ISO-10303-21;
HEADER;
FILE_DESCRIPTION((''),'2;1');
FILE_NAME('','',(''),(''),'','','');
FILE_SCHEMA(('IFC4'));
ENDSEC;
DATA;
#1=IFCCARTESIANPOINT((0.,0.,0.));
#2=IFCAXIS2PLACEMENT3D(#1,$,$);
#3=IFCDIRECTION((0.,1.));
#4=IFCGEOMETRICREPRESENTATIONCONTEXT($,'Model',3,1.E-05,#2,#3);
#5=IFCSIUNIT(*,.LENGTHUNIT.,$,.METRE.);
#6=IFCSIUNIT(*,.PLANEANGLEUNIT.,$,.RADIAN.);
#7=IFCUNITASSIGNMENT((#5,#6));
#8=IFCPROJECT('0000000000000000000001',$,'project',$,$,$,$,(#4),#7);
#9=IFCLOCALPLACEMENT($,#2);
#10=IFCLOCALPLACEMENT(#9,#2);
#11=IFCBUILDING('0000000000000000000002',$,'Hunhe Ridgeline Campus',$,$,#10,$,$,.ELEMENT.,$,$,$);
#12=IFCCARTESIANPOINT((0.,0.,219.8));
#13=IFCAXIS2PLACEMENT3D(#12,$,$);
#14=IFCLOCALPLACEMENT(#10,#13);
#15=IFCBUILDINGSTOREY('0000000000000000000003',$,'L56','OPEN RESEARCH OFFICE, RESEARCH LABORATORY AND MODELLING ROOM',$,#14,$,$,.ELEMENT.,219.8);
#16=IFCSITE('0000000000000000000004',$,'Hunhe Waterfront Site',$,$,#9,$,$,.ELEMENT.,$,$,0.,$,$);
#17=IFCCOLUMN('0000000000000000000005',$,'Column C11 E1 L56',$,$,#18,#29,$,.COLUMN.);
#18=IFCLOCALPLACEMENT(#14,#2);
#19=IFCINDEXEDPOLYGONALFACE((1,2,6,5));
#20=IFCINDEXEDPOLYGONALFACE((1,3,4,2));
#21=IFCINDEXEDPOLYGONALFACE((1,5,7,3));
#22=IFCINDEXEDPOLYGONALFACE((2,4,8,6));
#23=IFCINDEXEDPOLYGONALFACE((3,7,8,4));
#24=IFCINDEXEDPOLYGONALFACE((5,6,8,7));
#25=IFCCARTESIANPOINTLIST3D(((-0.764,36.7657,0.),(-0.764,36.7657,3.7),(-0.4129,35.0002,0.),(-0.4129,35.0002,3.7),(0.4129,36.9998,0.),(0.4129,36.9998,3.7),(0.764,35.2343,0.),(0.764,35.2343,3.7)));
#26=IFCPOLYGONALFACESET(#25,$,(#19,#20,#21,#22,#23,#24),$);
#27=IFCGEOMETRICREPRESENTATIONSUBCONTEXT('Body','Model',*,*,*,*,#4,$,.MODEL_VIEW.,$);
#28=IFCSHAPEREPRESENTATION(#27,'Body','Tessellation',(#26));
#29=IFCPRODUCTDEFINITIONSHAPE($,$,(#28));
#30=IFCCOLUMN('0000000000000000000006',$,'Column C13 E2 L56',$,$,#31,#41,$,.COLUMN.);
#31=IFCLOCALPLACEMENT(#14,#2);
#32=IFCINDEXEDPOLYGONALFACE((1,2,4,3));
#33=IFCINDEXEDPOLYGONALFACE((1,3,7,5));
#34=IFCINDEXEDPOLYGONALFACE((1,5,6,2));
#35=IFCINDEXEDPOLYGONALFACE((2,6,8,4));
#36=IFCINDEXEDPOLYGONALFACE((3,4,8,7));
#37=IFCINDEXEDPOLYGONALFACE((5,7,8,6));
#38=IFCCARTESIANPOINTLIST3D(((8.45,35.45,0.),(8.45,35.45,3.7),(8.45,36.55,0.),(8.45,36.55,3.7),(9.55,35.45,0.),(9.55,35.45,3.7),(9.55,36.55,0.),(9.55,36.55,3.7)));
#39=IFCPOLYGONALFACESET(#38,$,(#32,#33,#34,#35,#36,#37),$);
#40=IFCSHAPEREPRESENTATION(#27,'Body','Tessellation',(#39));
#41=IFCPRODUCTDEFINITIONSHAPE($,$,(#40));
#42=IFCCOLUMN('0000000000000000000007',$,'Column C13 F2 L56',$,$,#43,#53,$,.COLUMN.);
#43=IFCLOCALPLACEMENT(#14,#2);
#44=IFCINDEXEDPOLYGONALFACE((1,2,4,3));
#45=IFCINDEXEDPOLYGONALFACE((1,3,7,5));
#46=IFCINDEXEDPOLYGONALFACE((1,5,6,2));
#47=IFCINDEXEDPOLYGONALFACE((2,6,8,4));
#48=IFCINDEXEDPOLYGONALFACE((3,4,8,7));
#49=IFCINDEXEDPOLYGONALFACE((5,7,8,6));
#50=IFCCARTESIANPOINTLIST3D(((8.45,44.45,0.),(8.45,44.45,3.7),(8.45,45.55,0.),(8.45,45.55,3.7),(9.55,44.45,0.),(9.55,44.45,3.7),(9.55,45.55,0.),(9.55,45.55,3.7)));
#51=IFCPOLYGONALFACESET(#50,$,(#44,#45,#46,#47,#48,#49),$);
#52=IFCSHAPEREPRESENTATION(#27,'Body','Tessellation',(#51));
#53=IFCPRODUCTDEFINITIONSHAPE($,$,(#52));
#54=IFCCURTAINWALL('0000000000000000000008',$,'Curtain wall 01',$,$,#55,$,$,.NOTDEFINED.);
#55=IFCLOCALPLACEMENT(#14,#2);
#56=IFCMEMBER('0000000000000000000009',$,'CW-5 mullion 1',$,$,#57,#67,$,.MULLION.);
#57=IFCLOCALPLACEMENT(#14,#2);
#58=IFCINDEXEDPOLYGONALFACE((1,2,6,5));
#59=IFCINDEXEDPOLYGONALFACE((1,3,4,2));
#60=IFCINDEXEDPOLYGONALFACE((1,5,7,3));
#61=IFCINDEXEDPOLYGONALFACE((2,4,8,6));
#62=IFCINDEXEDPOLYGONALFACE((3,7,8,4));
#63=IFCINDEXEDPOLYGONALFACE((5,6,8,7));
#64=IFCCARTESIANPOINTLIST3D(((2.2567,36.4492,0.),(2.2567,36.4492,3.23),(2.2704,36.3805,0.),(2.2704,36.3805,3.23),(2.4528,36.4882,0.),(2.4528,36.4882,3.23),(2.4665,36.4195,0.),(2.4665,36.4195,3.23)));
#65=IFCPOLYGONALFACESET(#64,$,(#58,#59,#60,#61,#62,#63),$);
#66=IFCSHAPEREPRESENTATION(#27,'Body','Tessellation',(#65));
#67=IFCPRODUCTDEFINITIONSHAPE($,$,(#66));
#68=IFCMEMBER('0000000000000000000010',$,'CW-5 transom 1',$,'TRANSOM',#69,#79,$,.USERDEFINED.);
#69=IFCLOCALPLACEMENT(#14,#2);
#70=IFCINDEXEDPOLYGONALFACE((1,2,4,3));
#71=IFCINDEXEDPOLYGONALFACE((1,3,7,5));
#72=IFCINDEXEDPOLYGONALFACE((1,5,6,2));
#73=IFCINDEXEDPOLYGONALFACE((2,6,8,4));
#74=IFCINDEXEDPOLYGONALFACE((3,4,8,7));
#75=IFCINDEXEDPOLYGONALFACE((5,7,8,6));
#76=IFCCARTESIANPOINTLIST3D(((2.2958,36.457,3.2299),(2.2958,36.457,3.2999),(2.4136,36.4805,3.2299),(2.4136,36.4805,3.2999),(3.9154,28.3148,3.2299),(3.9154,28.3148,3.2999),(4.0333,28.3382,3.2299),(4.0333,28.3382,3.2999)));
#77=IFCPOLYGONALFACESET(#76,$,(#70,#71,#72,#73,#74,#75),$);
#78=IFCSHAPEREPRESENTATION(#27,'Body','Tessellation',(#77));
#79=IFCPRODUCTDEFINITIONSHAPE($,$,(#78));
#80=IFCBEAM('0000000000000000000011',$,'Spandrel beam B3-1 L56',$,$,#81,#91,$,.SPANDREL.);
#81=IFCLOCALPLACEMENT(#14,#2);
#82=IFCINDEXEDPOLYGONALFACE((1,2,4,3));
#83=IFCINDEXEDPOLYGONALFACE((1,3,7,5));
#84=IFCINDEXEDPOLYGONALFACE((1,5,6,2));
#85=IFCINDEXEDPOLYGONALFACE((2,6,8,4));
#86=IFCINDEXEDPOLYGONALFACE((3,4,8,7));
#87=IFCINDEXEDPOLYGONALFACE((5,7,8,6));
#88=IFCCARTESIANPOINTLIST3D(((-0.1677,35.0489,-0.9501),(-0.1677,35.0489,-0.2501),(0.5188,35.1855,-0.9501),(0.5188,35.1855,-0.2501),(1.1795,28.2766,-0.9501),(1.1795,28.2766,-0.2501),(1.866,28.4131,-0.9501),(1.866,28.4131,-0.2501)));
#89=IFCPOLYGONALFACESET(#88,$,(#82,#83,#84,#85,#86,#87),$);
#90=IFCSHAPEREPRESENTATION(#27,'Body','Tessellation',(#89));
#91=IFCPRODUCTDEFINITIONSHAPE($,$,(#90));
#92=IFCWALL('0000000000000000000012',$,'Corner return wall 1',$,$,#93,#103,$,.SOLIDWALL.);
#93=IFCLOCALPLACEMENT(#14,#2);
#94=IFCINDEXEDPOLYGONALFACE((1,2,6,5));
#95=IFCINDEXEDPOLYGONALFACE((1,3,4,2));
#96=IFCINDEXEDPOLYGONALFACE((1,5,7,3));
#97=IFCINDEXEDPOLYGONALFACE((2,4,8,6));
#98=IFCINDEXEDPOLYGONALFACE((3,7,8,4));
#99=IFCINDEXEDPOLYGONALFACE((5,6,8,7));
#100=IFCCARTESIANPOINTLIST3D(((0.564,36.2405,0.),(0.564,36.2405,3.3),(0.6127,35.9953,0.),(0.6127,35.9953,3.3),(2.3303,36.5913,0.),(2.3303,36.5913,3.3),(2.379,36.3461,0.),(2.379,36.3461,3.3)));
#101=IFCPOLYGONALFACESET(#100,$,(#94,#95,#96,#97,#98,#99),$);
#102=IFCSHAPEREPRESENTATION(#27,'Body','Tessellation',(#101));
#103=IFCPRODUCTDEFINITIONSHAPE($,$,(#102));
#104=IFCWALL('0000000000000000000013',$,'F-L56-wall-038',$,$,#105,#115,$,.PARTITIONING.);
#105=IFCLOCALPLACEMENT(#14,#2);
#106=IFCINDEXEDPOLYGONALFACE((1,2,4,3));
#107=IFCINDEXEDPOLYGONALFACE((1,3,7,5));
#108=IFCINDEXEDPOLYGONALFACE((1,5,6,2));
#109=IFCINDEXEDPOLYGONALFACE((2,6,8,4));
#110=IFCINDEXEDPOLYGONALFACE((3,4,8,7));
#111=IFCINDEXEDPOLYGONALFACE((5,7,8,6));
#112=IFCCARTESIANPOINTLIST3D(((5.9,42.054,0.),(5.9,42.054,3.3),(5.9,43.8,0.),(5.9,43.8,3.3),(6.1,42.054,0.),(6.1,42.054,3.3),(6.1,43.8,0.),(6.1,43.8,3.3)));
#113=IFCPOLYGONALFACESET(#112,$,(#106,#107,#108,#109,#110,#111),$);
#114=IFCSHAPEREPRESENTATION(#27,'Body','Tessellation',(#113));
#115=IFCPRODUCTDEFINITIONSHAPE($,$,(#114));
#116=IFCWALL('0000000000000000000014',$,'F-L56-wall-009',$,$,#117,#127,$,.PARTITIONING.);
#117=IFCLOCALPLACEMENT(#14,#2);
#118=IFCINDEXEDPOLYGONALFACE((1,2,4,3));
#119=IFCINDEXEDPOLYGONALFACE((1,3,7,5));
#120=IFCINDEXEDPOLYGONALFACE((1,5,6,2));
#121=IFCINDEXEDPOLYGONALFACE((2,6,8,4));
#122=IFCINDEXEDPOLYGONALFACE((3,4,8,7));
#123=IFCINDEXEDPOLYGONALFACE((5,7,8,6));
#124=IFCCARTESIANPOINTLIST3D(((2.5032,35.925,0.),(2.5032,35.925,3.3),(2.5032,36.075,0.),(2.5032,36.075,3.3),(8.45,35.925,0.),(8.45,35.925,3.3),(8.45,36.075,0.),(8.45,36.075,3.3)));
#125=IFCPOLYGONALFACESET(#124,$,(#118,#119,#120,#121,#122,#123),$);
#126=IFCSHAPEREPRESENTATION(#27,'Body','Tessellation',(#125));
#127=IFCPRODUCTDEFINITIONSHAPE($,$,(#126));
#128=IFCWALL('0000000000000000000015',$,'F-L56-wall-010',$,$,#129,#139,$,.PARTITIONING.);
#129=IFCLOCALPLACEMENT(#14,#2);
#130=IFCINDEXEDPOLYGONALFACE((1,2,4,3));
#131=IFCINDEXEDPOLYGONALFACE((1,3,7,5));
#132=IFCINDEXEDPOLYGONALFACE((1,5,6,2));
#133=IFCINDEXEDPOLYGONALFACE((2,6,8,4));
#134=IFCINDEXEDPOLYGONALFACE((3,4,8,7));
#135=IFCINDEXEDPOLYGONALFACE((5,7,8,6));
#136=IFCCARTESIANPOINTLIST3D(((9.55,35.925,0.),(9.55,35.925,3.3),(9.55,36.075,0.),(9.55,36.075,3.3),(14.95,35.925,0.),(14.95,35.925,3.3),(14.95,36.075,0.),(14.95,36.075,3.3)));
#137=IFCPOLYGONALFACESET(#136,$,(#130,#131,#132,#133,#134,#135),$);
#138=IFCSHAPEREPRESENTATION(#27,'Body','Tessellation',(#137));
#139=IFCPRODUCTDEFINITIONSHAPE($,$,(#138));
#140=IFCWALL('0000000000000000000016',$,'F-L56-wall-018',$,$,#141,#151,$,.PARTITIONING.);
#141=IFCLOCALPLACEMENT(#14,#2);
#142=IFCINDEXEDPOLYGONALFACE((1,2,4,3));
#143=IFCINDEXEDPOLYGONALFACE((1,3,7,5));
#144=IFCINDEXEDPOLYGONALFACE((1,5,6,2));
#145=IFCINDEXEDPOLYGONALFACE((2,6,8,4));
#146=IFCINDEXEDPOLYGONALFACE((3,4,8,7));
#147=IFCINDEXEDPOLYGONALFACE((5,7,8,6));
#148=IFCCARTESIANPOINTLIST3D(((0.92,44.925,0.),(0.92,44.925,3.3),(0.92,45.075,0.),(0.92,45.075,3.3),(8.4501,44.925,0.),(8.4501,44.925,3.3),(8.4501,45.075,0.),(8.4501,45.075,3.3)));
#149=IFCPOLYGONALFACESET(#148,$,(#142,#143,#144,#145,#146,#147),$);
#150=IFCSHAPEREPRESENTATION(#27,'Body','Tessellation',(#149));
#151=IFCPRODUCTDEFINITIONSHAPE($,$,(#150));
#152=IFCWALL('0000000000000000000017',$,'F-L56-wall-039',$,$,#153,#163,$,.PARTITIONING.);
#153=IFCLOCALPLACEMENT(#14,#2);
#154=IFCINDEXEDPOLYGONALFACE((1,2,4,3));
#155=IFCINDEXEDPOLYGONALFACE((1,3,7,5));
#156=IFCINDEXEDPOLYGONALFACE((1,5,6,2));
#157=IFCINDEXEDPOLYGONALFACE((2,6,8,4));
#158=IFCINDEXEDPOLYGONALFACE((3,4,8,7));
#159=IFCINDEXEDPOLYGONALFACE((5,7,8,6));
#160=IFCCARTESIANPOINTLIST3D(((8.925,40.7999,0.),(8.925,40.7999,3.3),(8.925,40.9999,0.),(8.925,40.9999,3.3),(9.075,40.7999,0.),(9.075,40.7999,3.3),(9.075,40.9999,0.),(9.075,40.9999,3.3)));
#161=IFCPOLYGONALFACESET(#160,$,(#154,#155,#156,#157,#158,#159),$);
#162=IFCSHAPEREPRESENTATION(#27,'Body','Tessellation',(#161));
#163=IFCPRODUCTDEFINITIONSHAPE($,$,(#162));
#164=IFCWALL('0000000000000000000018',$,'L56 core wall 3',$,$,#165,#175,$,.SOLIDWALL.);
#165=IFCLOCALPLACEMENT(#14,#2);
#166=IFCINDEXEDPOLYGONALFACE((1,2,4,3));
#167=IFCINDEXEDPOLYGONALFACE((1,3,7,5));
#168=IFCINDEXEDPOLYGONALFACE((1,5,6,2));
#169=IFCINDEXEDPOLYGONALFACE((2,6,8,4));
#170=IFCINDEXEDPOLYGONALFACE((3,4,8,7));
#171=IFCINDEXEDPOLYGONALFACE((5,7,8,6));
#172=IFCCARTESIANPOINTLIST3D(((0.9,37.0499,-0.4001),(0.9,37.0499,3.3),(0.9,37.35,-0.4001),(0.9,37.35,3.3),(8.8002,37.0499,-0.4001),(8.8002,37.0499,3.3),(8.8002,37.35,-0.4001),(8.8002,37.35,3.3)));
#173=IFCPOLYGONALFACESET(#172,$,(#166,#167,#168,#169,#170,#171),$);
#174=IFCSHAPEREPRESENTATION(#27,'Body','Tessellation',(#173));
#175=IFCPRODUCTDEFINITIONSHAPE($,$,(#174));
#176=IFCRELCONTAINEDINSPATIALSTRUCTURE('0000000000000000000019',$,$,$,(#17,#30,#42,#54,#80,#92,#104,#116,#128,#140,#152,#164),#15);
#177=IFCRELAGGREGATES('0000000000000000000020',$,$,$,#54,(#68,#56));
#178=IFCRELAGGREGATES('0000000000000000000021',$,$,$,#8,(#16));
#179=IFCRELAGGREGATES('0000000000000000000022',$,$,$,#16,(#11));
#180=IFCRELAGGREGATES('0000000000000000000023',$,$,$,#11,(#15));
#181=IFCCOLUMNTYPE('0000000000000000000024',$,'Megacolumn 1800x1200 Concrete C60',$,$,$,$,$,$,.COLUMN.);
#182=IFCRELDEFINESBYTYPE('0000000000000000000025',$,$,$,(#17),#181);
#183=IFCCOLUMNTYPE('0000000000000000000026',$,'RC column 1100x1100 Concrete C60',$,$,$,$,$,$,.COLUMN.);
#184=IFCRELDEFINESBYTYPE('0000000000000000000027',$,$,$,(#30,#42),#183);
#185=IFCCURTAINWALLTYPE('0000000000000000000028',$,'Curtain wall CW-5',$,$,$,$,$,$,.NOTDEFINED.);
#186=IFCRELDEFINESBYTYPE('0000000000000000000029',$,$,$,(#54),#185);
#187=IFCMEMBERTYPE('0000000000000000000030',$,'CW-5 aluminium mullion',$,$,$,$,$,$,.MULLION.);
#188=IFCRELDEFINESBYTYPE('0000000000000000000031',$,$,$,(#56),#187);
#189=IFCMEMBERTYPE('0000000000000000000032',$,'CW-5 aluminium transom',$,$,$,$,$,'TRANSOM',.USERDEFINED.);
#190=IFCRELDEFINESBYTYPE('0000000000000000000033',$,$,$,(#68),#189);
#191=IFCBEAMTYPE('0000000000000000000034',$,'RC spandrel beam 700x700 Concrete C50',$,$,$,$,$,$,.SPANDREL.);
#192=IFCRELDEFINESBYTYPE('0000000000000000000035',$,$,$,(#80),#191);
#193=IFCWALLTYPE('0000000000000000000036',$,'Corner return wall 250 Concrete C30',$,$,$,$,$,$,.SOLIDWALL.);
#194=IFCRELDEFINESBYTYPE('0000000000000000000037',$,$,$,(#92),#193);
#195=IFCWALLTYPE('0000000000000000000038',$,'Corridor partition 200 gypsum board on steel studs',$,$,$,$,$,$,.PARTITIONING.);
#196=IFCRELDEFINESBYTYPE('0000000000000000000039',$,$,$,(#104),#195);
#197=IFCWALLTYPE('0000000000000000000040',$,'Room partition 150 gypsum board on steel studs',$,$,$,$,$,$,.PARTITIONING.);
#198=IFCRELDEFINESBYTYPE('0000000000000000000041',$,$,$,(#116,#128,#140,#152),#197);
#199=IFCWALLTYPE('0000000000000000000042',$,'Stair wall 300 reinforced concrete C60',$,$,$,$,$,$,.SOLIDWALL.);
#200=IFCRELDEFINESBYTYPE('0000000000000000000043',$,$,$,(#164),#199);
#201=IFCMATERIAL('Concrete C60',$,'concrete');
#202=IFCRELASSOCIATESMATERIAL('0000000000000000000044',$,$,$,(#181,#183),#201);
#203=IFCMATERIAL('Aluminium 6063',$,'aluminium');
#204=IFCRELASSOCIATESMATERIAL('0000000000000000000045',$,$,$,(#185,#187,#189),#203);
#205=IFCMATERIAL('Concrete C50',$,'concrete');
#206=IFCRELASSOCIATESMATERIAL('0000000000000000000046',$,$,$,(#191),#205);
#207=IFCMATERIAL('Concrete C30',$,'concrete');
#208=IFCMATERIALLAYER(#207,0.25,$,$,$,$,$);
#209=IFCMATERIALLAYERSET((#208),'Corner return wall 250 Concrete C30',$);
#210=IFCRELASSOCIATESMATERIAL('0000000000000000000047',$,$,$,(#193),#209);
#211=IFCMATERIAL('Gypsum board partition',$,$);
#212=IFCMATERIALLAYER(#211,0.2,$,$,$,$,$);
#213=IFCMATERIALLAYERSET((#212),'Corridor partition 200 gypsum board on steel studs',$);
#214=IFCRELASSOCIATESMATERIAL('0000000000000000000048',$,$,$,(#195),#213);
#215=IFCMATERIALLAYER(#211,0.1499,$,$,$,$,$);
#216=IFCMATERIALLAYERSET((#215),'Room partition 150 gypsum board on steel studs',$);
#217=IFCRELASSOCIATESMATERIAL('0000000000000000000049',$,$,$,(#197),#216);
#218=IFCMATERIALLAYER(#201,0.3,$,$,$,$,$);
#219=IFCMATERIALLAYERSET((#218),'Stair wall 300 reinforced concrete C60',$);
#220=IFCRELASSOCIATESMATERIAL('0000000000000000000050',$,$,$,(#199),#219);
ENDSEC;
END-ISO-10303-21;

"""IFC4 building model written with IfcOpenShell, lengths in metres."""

from ifc_helpers import new_model, si_unit, direction, frame, frame_2d, origin, origin_2d, place, context, subcontext, project, spatial, rectangle, extrude, material, layer, layer_set, material_profile, profile_set, type_object, element, aggregate, save


model = new_model("IFC4")

# Units and contexts
model_context = context("Model", 3, precision=1e-05, world=origin(), true_north=direction((0.0, 1.0)))
body_context = subcontext(model_context, "Body", "Model", "MODEL_VIEW")
ifc_project = project(units=[si_unit("LENGTHUNIT", "METRE"), si_unit("PLANEANGLEUNIT", "RADIAN")], contexts=[model_context])

# Site, building, storey
site_placement = place(None, origin())
site = spatial("IfcSite", under=ifc_project, at=site_placement, Name="Hunhe Waterfront Site", CompositionType="ELEMENT", RefElevation=0.0)
building_placement = place(site_placement, origin())
building = spatial("IfcBuilding", under=site, at=building_placement, Name="Hunhe Ridgeline Campus", CompositionType="ELEMENT")
storey_placement = place(building_placement, frame((0.0, 0.0, 219.8)))
storey = spatial("IfcBuildingStorey", under=building, at=storey_placement, Name="L56", Description="OPEN RESEARCH OFFICE, RESEARCH LABORATORY AND MODELLING ROOM", CompositionType="ELEMENT", Elevation=219.8)

# Columns
ifc_material_1 = material(Name="Concrete C60", Category="concrete")
ifc_material_profile_1 = material_profile(ifc_material_1, rectangle(XDim=1.8, YDim=1.2, at=origin_2d()))
ifc_profile_set_1 = profile_set([ifc_material_profile_1], Name="Concrete C60")
column_type_1 = type_object("IfcColumnType", Name="Megacolumn 1800x1200 Concrete C60", PredefinedType="COLUMN", material=ifc_profile_set_1)
column_placement = place(storey_placement, frame((0.0, 36.0, 0.0), z_axis=(0.0, 0.0, 1.0), x_axis=(-0.19509, 0.980785, 0.0)))
element("IfcColumn", 1, at=column_placement, inside=storey, type_object=column_type_1, Name="Column C11 E1 L56", PredefinedType="COLUMN", context=body_context, shape_type="SweptSolid", body=[
    extrude(rectangle(XDim=1.8, YDim=1.2, at=origin_2d()), origin(), (0.0, 0.0, 1.0), 3.7),
])
ifc_material_profile_2 = material_profile(ifc_material_1, rectangle(XDim=1.1001, YDim=1.1001, at=origin_2d()))
ifc_profile_set_2 = profile_set([ifc_material_profile_2], Name="Concrete C60")
column_type_2 = type_object("IfcColumnType", Name="RC column 1100x1100 Concrete C60", PredefinedType="COLUMN", material=ifc_profile_set_2)
for number, where, z_axis, x_axis, name in (
    (2, (9.0, 36.0, 0.0), (0.0, 0.0, 1.0), (1.0, 0.0, 0.0), "Column C13 E2 L56"),
    (3, (9.0, 45.0, 0.0), (0.0, 0.0, 1.0), (1.0, 0.0, 0.0), "Column C13 F2 L56"),
):
    element("IfcColumn", number, at=place(storey_placement, frame(where, z_axis=z_axis, x_axis=x_axis)), inside=storey, type_object=column_type_2, Name=name, PredefinedType="COLUMN", context=body_context, shape_type="SweptSolid", body=[
        extrude(rectangle(XDim=1.1001, YDim=1.1001, at=origin_2d()), origin(), (0.0, 0.0, 1.0), 3.7),
    ])

# Curtain wall, members
ifc_material_2 = material(Name="Aluminium 6063", Category="aluminium")
curtain_wall_type = type_object("IfcCurtainWallType", Name="Curtain wall CW-5", PredefinedType="NOTDEFINED", material=ifc_material_2)
curtain_wall_placement = place(storey_placement, origin())
curtain_wall = element("IfcCurtainWall", 4, at=curtain_wall_placement, inside=storey, type_object=curtain_wall_type, Name="Curtain wall 01", PredefinedType="NOTDEFINED")
ifc_material_profile_3 = material_profile(ifc_material_2, rectangle(XDim=0.2, YDim=0.0701, at=origin_2d()))
ifc_profile_set_3 = profile_set([ifc_material_profile_3], Name="Aluminium 6063")
member_type_1 = type_object("IfcMemberType", Name="CW-5 aluminium mullion", PredefinedType="MULLION", material=ifc_profile_set_3)
member_1_placement = place(storey_placement, frame((2.3616, 36.4343, 0.0), z_axis=(0.0, 0.0, 1.0), x_axis=(0.980784, 0.195095, 0.0)))
member_1 = element("IfcMember", 5, at=member_1_placement, type_object=member_type_1, Name="CW-5 mullion 1", PredefinedType="MULLION", context=body_context, shape_type="SweptSolid", body=[
    extrude(rectangle(XDim=0.2, YDim=0.0701, at=origin_2d()), origin(), (0.0, 0.0, 1.0), 3.23),
])
ifc_material_profile_4 = material_profile(ifc_material_2, rectangle(XDim=0.1201, YDim=0.0701, at=origin_2d()))
ifc_profile_set_4 = profile_set([ifc_material_profile_4], Name="Aluminium 6063")
member_type_2 = type_object("IfcMemberType", Name="CW-5 aluminium transom", ElementType="TRANSOM", PredefinedType="USERDEFINED", material=ifc_profile_set_4)
member_2_placement = place(storey_placement, frame((2.3547, 36.4688, 3.2649), z_axis=(0.195092, -0.980785, 0.0), x_axis=(0.980785, 0.195092, 0.0)))
member_2 = element("IfcMember", 6, at=member_2_placement, type_object=member_type_2, Name="CW-5 transom 1", ObjectType="TRANSOM", PredefinedType="USERDEFINED", context=body_context, shape_type="SweptSolid", body=[
    extrude(rectangle(XDim=0.1201, YDim=0.0701, at=origin_2d()), origin(), (0.0, 0.0, 1.0), 8.3018),
])
aggregate(curtain_wall, [member_2, member_1])

# Beam
ifc_material_3 = material(Name="Concrete C50", Category="concrete")
ifc_material_profile_5 = material_profile(ifc_material_3, rectangle(XDim=0.7, YDim=0.7, at=origin_2d()))
ifc_profile_set_5 = profile_set([ifc_material_profile_5], Name="Concrete C50")
beam_type = type_object("IfcBeamType", Name="RC spandrel beam 700x700 Concrete C50", PredefinedType="SPANDREL", material=ifc_profile_set_5)
beam_placement = place(storey_placement, frame((0.1755, 35.1172, -0.6001), z_axis=(0.195103, -0.980783, 0.0), x_axis=(0.980783, 0.195103, 0.0)))
element("IfcBeam", 7, at=beam_placement, inside=storey, type_object=beam_type, Name="Spandrel beam B3-1 L56", PredefinedType="SPANDREL", context=body_context, shape_type="SweptSolid", body=[
    extrude(rectangle(XDim=0.7, YDim=0.7, at=origin_2d()), origin(), (0.0, 0.0, 1.0), 6.905),
])

# Wall
ifc_material_4 = material(Name="Concrete C30", Category="concrete")
ifc_layer_1 = layer(ifc_material_4, 0.25)
ifc_layer_set_1 = layer_set([ifc_layer_1], Name="Corner return wall 250 Concrete C30")
wall_type_1 = type_object("IfcWallType", Name="Corner return wall 250 Concrete C30", PredefinedType="SOLIDWALL", material=ifc_layer_set_1)
wall_1_placement = place(storey_placement, frame((0.5884, 36.1179, 0.0), z_axis=(0.0, 0.0, 1.0), x_axis=(0.980841, 0.194812, 0.0)))
element("IfcWall", 8, at=wall_1_placement, inside=storey, type_object=wall_type_1, Name="Corner return wall 1", PredefinedType="SOLIDWALL", context=body_context, shape_type="SweptSolid", body=[
    extrude(rectangle(XDim=1.8008, YDim=0.25, at=frame_2d((0.9004, 0.0))), origin(), (0.0, 0.0, 1.0), 3.3),
])

# Shared definitions
ifc_material_5 = material(Name="Gypsum board partition")
ifc_layer_2 = layer(ifc_material_5, 0.2)
ifc_layer_set_2 = layer_set([ifc_layer_2], Name="Corridor partition 200 gypsum board on steel studs")
wall_type_2 = type_object("IfcWallType", Name="Corridor partition 200 gypsum board on steel studs", PredefinedType="PARTITIONING", material=ifc_layer_set_2)

# Walls
wall_2_placement = place(storey_placement, frame((6.0, 42.054, 0.0), z_axis=(0.0, 0.0, 1.0), x_axis=(0.0, 1.0, 0.0)))
element("IfcWall", 9, at=wall_2_placement, inside=storey, type_object=wall_type_2, Name="F-L56-wall-038", PredefinedType="PARTITIONING", context=body_context, shape_type="SweptSolid", body=[
    extrude(rectangle(XDim=1.7461, YDim=0.2, at=frame_2d((0.873, 0.0))), origin(), (0.0, 0.0, 1.0), 3.3),
])
ifc_layer_3 = layer(ifc_material_5, 0.1499)
ifc_layer_set_3 = layer_set([ifc_layer_3], Name="Room partition 150 gypsum board on steel studs")
wall_type_3 = type_object("IfcWallType", Name="Room partition 150 gypsum board on steel studs", PredefinedType="PARTITIONING", material=ifc_layer_set_3)
wall_3_placement = place(storey_placement, frame((2.5032, 36.0, 0.0), z_axis=(0.0, 0.0, 1.0), x_axis=(1.0, 0.0, 0.0)))
element("IfcWall", 10, at=wall_3_placement, inside=storey, type_object=wall_type_3, Name="F-L56-wall-009", PredefinedType="PARTITIONING", context=body_context, shape_type="SweptSolid", body=[
    extrude(rectangle(XDim=5.9468, YDim=0.1499, at=frame_2d((2.9734, 0.0))), origin(), (0.0, 0.0, 1.0), 3.3),
])
wall_4_placement = place(storey_placement, frame((9.55, 36.0, 0.0), z_axis=(0.0, 0.0, 1.0), x_axis=(1.0, 0.0, 0.0)))
element("IfcWall", 11, at=wall_4_placement, inside=storey, type_object=wall_type_3, Name="F-L56-wall-010", PredefinedType="PARTITIONING", context=body_context, shape_type="SweptSolid", body=[
    extrude(rectangle(XDim=5.3999, YDim=0.1499, at=frame_2d((2.7, 0.0))), origin(), (0.0, 0.0, 1.0), 3.3),
])
wall_5_placement = place(storey_placement, frame((0.9199, 45.0, 0.0), z_axis=(0.0, 0.0, 1.0), x_axis=(1.0, 0.0, 0.0)))
element("IfcWall", 12, at=wall_5_placement, inside=storey, type_object=wall_type_3, Name="F-L56-wall-018", PredefinedType="PARTITIONING", context=body_context, shape_type="SweptSolid", body=[
    extrude(rectangle(XDim=7.53, YDim=0.1499, at=frame_2d((3.7651, 0.0))), origin(), (0.0, 0.0, 1.0), 3.3),
])
wall_6_placement = place(storey_placement, frame((9.0, 41.0, 0.0), z_axis=(0.0, 0.0, 1.0), x_axis=(0.0, -1.0, 0.0)))
element("IfcWall", 13, at=wall_6_placement, inside=storey, type_object=wall_type_3, Name="F-L56-wall-039", PredefinedType="PARTITIONING", context=body_context, shape_type="SweptSolid", body=[
    extrude(rectangle(XDim=0.2, YDim=0.1499, at=frame_2d((0.1001, 0.0))), origin(), (0.0, 0.0, 1.0), 3.3),
])
ifc_layer_4 = layer(ifc_material_1, 0.3)
ifc_layer_set_4 = layer_set([ifc_layer_4], Name="Stair wall 300 reinforced concrete C60")
wall_type_4 = type_object("IfcWallType", Name="Stair wall 300 reinforced concrete C60", PredefinedType="SOLIDWALL", material=ifc_layer_set_4)
wall_7_placement = place(storey_placement, frame((0.8999, 37.2, -0.4001), z_axis=(0.0, 0.0, 1.0), x_axis=(1.0, 0.0, 0.0)))
element("IfcWall", 14, at=wall_7_placement, inside=storey, type_object=wall_type_4, Name="L56 core wall 3", PredefinedType="SOLIDWALL", context=body_context, shape_type="SweptSolid", body=[
    extrude(rectangle(XDim=7.9001, YDim=0.3, at=frame_2d((3.9502, 0.0))), origin(), (0.0, 0.0, 1.0), 3.7002),
])

save(model, "model.ifc")
